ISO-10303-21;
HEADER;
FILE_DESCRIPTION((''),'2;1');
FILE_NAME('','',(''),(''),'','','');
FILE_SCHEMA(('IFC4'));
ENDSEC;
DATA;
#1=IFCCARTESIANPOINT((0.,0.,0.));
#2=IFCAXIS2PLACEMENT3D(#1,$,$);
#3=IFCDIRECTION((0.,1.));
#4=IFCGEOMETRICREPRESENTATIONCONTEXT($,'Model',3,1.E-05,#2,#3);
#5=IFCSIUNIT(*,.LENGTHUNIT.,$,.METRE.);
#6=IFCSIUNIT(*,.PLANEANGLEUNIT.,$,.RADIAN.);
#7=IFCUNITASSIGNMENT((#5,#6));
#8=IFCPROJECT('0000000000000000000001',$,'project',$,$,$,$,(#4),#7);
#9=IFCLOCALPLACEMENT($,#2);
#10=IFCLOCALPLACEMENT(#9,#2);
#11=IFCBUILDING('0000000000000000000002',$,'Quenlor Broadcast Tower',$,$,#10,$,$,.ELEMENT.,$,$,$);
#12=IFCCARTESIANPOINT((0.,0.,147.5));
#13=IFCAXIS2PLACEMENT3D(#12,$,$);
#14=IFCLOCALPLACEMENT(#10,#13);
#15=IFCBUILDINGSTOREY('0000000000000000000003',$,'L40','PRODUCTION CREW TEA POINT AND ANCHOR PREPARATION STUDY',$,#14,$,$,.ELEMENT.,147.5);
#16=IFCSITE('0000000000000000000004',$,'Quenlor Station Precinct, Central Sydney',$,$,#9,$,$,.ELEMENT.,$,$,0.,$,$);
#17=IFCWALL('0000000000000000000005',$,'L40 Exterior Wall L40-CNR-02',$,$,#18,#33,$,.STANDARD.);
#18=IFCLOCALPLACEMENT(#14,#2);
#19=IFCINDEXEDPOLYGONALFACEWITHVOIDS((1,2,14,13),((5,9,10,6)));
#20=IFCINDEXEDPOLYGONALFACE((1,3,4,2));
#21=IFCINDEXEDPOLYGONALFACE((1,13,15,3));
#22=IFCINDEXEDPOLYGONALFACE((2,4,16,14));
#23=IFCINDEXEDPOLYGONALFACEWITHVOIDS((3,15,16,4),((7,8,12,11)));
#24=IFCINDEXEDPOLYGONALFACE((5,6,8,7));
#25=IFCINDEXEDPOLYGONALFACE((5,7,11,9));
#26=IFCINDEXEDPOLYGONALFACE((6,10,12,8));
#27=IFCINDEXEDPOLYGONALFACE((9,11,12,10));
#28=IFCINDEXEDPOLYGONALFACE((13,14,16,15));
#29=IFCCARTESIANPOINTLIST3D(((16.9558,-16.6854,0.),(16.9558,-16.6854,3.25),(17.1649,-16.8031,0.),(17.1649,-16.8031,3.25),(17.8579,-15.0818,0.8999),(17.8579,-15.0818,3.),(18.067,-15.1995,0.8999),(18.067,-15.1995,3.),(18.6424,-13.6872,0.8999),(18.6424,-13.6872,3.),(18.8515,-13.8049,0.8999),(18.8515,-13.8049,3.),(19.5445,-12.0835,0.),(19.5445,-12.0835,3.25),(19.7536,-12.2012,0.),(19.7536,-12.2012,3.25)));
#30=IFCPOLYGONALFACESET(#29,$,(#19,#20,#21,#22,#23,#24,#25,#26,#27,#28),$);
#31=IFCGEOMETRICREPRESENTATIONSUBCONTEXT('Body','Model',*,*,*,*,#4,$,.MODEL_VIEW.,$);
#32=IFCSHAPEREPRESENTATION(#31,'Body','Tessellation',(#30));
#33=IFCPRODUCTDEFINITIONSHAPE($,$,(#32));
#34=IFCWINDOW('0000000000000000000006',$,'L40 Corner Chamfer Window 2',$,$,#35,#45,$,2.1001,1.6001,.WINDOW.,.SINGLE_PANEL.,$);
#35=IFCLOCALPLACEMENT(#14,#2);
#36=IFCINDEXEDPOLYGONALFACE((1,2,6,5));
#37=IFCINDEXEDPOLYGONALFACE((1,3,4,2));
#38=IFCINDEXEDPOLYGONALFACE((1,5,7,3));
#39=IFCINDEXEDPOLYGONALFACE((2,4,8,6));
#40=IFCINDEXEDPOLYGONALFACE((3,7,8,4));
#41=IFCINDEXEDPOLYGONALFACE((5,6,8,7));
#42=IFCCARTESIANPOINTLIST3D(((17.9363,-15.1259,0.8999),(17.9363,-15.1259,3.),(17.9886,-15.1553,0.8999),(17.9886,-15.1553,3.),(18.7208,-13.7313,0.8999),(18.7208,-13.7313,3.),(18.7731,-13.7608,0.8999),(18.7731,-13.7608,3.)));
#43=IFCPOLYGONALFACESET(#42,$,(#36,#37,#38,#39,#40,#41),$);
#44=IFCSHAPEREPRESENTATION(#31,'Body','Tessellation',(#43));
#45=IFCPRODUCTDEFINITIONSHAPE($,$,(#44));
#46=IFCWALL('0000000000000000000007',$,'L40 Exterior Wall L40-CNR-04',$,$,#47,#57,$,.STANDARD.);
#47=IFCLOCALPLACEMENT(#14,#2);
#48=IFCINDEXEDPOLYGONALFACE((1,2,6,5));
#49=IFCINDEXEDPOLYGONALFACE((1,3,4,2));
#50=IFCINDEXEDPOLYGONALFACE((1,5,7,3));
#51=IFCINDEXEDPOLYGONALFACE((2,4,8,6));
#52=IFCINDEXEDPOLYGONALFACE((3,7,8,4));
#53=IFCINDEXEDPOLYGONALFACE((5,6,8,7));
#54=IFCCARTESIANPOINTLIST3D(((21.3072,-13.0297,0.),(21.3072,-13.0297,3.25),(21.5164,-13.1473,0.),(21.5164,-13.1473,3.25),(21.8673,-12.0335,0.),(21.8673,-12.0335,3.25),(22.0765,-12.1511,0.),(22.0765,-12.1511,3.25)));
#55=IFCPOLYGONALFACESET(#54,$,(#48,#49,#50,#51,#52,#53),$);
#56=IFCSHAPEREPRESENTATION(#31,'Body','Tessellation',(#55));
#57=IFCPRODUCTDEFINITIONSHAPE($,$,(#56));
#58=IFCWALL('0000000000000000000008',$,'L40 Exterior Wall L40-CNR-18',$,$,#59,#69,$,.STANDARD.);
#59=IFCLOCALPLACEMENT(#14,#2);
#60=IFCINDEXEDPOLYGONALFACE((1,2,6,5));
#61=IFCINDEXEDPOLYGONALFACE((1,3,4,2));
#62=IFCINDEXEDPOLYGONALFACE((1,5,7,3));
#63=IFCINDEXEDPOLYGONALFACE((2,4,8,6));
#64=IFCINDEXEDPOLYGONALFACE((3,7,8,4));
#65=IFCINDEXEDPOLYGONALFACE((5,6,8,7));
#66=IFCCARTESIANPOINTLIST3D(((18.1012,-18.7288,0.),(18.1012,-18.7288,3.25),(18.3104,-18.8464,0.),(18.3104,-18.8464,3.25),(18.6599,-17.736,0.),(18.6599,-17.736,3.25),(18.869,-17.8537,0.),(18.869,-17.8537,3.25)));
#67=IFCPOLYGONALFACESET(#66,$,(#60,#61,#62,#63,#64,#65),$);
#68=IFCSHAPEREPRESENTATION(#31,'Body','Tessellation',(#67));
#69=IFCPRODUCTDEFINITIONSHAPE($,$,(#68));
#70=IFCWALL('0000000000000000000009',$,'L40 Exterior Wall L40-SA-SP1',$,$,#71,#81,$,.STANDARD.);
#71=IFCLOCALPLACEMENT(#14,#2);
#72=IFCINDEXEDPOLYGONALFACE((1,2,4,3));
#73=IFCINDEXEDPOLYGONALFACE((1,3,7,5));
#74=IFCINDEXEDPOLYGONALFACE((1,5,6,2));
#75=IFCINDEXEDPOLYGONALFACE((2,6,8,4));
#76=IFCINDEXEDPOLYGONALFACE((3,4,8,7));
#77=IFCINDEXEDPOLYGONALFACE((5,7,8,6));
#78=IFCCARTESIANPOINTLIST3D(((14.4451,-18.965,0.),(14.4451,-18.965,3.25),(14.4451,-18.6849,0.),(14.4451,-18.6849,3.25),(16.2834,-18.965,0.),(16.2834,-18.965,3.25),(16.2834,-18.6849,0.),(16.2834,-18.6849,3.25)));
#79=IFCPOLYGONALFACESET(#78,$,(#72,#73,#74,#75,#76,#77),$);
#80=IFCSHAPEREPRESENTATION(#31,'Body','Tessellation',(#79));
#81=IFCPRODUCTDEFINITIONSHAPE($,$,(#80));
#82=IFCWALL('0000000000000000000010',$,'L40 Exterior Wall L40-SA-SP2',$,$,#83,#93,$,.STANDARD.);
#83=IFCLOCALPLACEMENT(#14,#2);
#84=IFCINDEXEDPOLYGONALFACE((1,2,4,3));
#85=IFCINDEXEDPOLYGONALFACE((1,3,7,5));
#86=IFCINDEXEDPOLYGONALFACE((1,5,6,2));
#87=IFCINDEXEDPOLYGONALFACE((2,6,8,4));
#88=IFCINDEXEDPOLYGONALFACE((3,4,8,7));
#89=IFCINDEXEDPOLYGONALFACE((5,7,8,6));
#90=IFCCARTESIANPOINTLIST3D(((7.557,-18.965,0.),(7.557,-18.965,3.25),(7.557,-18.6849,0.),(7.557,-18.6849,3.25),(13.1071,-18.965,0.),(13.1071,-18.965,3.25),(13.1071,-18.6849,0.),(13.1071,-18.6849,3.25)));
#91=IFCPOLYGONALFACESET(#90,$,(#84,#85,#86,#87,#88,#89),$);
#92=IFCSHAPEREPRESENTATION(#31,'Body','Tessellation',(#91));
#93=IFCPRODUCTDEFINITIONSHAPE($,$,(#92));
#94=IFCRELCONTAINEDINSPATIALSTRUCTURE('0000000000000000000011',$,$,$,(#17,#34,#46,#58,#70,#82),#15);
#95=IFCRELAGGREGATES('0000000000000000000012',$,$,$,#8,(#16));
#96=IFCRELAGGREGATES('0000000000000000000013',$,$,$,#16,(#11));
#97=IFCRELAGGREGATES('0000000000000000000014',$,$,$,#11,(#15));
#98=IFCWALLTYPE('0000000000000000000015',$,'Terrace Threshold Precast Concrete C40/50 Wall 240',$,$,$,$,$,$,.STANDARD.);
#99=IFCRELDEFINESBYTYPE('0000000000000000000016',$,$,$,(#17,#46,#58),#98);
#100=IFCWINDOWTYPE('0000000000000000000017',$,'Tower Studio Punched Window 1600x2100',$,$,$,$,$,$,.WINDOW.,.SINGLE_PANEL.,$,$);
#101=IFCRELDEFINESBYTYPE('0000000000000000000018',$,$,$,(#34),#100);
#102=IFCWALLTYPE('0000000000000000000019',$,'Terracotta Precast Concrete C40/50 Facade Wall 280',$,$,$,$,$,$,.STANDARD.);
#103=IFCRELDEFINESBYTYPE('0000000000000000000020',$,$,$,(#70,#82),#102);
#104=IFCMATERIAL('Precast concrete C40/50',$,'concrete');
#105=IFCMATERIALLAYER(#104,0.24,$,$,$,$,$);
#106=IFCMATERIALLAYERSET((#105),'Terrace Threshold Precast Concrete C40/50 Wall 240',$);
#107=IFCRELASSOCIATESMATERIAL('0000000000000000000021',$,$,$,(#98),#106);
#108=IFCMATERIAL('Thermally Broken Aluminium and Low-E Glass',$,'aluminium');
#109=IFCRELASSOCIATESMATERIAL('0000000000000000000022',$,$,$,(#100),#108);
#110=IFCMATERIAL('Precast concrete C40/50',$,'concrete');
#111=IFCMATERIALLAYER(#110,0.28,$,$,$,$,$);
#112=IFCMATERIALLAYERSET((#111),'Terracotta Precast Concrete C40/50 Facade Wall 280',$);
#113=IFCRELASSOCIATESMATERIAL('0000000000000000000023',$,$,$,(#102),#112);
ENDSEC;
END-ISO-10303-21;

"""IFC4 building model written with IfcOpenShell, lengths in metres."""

from ifc_helpers import new_model, si_unit, direction, frame, frame_2d, origin, place, context, subcontext, project, spatial, rectangle, extrude, material, layer, layer_set, type_object, element, fill, save


model = new_model("IFC4")

# Units and contexts
model_context = context("Model", 3, precision=1e-05, world=origin(), true_north=direction((0.0, 1.0)))
body_context = subcontext(model_context, "Body", "Model", "MODEL_VIEW")
ifc_project = project(units=[si_unit("LENGTHUNIT", "METRE"), si_unit("PLANEANGLEUNIT", "RADIAN")], contexts=[model_context])

# Site, building, storey
site_placement = place(None, origin())
site = spatial("IfcSite", under=ifc_project, at=site_placement, Name="Quenlor Station Precinct, Central Sydney", CompositionType="ELEMENT", RefElevation=0.0)
building_placement = place(site_placement, origin())
building = spatial("IfcBuilding", under=site, at=building_placement, Name="Quenlor Broadcast Tower", CompositionType="ELEMENT")
storey_placement = place(building_placement, frame((0.0, 0.0, 147.5)))
storey = spatial("IfcBuildingStorey", under=building, at=storey_placement, Name="L40", Description="PRODUCTION CREW TEA POINT AND ANCHOR PREPARATION STUDY", CompositionType="ELEMENT", Elevation=147.5)

# Shared definitions
ifc_material_1 = material(Name="Precast concrete C40/50", Category="concrete")
ifc_layer_1 = layer(ifc_material_1, 0.24)
ifc_layer_set_1 = layer_set([ifc_layer_1], Name="Terrace Threshold Precast Concrete C40/50 Wall 240")
wall_type_1 = type_object("IfcWallType", Name="Terrace Threshold Precast Concrete C40/50 Wall 240", PredefinedType="STANDARD", material=ifc_layer_set_1)

# Wall, opening, window
wall_1_placement = place(storey_placement, frame((17.0603, -16.7444, 0.0), z_axis=(0.0, 0.0, 1.0), x_axis=(0.490277, 0.871567, 0.0)))
wall_1 = element("IfcWall", 1, at=wall_1_placement, inside=storey, type_object=wall_type_1, Name="L40 Exterior Wall L40-CNR-02", PredefinedType="STANDARD", context=body_context, shape_type="SweptSolid", body=[
    extrude(rectangle(XDim=5.28, YDim=0.24, at=frame_2d((2.6401, 0.0))), origin(), (0.0, 0.0, 1.0), 3.25),
])
opening_placement = place(wall_1_placement, frame((1.8401, 0.0, 0.8999)))
opening = element("IfcOpeningElement", 2, at=opening_placement, cuts=wall_1, PredefinedType="OPENING", context=body_context, shape_type="SweptSolid", body=[
    extrude(rectangle(XDim=1.6001, YDim=2.1001, at=frame_2d((0.8, 1.05))), frame((0.0, 0.1299, 0.0), z_axis=(0.0, -1.0, 0.0), x_axis=(1.0, 0.0, 0.0)), (0.0, 0.0, 1.0), 0.26),
])
ifc_material_2 = material(Name="Thermally Broken Aluminium and Low-E Glass", Category="aluminium")
window_type = type_object("IfcWindowType", Name="Tower Studio Punched Window 1600x2100", PartitioningType="SINGLE_PANEL", PredefinedType="WINDOW", material=ifc_material_2)
window_placement = place(opening_placement, origin())
window = element("IfcWindow", 3, at=window_placement, inside=storey, type_object=window_type, Name="L40 Corner Chamfer Window 2", OverallHeight=2.1001, OverallWidth=1.6001, PartitioningType="SINGLE_PANEL", PredefinedType="WINDOW", context=body_context, shape_type="SweptSolid", body=[
    extrude(rectangle(XDim=1.6001, YDim=2.1001, at=frame_2d((0.8, 1.05))), frame((0.0, 0.03, 0.0), z_axis=(0.0, -1.0, 0.0), x_axis=(1.0, 0.0, 0.0)), (0.0, 0.0, 1.0), 0.0601),
])
fill(opening, window)

# Walls
wall_2_placement = place(storey_placement, frame((21.4119, -13.0884, 0.0), z_axis=(0.0, 0.0, 1.0), x_axis=(0.490099, 0.871667, 0.0)))
element("IfcWall", 4, at=wall_2_placement, inside=storey, type_object=wall_type_1, Name="L40 Exterior Wall L40-CNR-04", PredefinedType="STANDARD", context=body_context, shape_type="SweptSolid", body=[
    extrude(rectangle(XDim=1.1428, YDim=0.24, at=frame_2d((0.5713, 0.0))), origin(), (0.0, 0.0, 1.0), 3.25),
])
wall_3_placement = place(storey_placement, frame((18.2058, -18.7876, 0.0), z_axis=(0.0, 0.0, 1.0), x_axis=(0.490404, 0.871495, 0.0)))
element("IfcWall", 5, at=wall_3_placement, inside=storey, type_object=wall_type_1, Name="L40 Exterior Wall L40-CNR-18", PredefinedType="STANDARD", context=body_context, shape_type="SweptSolid", body=[
    extrude(rectangle(XDim=1.1392, YDim=0.24, at=frame_2d((0.5696, 0.0))), origin(), (0.0, 0.0, 1.0), 3.25),
])
ifc_material_3 = material(Name="Precast concrete C40/50", Category="concrete")
ifc_layer_2 = layer(ifc_material_3, 0.28)
ifc_layer_set_2 = layer_set([ifc_layer_2], Name="Terracotta Precast Concrete C40/50 Facade Wall 280")
wall_type_2 = type_object("IfcWallType", Name="Terracotta Precast Concrete C40/50 Facade Wall 280", PredefinedType="STANDARD", material=ifc_layer_set_2)
wall_4_placement = place(storey_placement, frame((16.2834, -18.825, 0.0), z_axis=(0.0, 0.0, 1.0), x_axis=(-1.0, 0.0, 0.0)))
element("IfcWall", 6, at=wall_4_placement, inside=storey, type_object=wall_type_2, Name="L40 Exterior Wall L40-SA-SP1", PredefinedType="STANDARD", context=body_context, shape_type="SweptSolid", body=[
    extrude(rectangle(XDim=1.8384, YDim=0.28, at=frame_2d((0.9192, 0.0))), origin(), (0.0, 0.0, 1.0), 3.25),
])
wall_5_placement = place(storey_placement, frame((13.1069, -18.825, 0.0), z_axis=(0.0, 0.0, 1.0), x_axis=(-1.0, 0.0, 0.0)))
element("IfcWall", 7, at=wall_5_placement, inside=storey, type_object=wall_type_2, Name="L40 Exterior Wall L40-SA-SP2", PredefinedType="STANDARD", context=body_context, shape_type="SweptSolid", body=[
    extrude(rectangle(XDim=5.55, YDim=0.28, at=frame_2d((2.7749, 0.0))), origin(), (0.0, 0.0, 1.0), 3.25),
])

save(model, "model.ifc")
